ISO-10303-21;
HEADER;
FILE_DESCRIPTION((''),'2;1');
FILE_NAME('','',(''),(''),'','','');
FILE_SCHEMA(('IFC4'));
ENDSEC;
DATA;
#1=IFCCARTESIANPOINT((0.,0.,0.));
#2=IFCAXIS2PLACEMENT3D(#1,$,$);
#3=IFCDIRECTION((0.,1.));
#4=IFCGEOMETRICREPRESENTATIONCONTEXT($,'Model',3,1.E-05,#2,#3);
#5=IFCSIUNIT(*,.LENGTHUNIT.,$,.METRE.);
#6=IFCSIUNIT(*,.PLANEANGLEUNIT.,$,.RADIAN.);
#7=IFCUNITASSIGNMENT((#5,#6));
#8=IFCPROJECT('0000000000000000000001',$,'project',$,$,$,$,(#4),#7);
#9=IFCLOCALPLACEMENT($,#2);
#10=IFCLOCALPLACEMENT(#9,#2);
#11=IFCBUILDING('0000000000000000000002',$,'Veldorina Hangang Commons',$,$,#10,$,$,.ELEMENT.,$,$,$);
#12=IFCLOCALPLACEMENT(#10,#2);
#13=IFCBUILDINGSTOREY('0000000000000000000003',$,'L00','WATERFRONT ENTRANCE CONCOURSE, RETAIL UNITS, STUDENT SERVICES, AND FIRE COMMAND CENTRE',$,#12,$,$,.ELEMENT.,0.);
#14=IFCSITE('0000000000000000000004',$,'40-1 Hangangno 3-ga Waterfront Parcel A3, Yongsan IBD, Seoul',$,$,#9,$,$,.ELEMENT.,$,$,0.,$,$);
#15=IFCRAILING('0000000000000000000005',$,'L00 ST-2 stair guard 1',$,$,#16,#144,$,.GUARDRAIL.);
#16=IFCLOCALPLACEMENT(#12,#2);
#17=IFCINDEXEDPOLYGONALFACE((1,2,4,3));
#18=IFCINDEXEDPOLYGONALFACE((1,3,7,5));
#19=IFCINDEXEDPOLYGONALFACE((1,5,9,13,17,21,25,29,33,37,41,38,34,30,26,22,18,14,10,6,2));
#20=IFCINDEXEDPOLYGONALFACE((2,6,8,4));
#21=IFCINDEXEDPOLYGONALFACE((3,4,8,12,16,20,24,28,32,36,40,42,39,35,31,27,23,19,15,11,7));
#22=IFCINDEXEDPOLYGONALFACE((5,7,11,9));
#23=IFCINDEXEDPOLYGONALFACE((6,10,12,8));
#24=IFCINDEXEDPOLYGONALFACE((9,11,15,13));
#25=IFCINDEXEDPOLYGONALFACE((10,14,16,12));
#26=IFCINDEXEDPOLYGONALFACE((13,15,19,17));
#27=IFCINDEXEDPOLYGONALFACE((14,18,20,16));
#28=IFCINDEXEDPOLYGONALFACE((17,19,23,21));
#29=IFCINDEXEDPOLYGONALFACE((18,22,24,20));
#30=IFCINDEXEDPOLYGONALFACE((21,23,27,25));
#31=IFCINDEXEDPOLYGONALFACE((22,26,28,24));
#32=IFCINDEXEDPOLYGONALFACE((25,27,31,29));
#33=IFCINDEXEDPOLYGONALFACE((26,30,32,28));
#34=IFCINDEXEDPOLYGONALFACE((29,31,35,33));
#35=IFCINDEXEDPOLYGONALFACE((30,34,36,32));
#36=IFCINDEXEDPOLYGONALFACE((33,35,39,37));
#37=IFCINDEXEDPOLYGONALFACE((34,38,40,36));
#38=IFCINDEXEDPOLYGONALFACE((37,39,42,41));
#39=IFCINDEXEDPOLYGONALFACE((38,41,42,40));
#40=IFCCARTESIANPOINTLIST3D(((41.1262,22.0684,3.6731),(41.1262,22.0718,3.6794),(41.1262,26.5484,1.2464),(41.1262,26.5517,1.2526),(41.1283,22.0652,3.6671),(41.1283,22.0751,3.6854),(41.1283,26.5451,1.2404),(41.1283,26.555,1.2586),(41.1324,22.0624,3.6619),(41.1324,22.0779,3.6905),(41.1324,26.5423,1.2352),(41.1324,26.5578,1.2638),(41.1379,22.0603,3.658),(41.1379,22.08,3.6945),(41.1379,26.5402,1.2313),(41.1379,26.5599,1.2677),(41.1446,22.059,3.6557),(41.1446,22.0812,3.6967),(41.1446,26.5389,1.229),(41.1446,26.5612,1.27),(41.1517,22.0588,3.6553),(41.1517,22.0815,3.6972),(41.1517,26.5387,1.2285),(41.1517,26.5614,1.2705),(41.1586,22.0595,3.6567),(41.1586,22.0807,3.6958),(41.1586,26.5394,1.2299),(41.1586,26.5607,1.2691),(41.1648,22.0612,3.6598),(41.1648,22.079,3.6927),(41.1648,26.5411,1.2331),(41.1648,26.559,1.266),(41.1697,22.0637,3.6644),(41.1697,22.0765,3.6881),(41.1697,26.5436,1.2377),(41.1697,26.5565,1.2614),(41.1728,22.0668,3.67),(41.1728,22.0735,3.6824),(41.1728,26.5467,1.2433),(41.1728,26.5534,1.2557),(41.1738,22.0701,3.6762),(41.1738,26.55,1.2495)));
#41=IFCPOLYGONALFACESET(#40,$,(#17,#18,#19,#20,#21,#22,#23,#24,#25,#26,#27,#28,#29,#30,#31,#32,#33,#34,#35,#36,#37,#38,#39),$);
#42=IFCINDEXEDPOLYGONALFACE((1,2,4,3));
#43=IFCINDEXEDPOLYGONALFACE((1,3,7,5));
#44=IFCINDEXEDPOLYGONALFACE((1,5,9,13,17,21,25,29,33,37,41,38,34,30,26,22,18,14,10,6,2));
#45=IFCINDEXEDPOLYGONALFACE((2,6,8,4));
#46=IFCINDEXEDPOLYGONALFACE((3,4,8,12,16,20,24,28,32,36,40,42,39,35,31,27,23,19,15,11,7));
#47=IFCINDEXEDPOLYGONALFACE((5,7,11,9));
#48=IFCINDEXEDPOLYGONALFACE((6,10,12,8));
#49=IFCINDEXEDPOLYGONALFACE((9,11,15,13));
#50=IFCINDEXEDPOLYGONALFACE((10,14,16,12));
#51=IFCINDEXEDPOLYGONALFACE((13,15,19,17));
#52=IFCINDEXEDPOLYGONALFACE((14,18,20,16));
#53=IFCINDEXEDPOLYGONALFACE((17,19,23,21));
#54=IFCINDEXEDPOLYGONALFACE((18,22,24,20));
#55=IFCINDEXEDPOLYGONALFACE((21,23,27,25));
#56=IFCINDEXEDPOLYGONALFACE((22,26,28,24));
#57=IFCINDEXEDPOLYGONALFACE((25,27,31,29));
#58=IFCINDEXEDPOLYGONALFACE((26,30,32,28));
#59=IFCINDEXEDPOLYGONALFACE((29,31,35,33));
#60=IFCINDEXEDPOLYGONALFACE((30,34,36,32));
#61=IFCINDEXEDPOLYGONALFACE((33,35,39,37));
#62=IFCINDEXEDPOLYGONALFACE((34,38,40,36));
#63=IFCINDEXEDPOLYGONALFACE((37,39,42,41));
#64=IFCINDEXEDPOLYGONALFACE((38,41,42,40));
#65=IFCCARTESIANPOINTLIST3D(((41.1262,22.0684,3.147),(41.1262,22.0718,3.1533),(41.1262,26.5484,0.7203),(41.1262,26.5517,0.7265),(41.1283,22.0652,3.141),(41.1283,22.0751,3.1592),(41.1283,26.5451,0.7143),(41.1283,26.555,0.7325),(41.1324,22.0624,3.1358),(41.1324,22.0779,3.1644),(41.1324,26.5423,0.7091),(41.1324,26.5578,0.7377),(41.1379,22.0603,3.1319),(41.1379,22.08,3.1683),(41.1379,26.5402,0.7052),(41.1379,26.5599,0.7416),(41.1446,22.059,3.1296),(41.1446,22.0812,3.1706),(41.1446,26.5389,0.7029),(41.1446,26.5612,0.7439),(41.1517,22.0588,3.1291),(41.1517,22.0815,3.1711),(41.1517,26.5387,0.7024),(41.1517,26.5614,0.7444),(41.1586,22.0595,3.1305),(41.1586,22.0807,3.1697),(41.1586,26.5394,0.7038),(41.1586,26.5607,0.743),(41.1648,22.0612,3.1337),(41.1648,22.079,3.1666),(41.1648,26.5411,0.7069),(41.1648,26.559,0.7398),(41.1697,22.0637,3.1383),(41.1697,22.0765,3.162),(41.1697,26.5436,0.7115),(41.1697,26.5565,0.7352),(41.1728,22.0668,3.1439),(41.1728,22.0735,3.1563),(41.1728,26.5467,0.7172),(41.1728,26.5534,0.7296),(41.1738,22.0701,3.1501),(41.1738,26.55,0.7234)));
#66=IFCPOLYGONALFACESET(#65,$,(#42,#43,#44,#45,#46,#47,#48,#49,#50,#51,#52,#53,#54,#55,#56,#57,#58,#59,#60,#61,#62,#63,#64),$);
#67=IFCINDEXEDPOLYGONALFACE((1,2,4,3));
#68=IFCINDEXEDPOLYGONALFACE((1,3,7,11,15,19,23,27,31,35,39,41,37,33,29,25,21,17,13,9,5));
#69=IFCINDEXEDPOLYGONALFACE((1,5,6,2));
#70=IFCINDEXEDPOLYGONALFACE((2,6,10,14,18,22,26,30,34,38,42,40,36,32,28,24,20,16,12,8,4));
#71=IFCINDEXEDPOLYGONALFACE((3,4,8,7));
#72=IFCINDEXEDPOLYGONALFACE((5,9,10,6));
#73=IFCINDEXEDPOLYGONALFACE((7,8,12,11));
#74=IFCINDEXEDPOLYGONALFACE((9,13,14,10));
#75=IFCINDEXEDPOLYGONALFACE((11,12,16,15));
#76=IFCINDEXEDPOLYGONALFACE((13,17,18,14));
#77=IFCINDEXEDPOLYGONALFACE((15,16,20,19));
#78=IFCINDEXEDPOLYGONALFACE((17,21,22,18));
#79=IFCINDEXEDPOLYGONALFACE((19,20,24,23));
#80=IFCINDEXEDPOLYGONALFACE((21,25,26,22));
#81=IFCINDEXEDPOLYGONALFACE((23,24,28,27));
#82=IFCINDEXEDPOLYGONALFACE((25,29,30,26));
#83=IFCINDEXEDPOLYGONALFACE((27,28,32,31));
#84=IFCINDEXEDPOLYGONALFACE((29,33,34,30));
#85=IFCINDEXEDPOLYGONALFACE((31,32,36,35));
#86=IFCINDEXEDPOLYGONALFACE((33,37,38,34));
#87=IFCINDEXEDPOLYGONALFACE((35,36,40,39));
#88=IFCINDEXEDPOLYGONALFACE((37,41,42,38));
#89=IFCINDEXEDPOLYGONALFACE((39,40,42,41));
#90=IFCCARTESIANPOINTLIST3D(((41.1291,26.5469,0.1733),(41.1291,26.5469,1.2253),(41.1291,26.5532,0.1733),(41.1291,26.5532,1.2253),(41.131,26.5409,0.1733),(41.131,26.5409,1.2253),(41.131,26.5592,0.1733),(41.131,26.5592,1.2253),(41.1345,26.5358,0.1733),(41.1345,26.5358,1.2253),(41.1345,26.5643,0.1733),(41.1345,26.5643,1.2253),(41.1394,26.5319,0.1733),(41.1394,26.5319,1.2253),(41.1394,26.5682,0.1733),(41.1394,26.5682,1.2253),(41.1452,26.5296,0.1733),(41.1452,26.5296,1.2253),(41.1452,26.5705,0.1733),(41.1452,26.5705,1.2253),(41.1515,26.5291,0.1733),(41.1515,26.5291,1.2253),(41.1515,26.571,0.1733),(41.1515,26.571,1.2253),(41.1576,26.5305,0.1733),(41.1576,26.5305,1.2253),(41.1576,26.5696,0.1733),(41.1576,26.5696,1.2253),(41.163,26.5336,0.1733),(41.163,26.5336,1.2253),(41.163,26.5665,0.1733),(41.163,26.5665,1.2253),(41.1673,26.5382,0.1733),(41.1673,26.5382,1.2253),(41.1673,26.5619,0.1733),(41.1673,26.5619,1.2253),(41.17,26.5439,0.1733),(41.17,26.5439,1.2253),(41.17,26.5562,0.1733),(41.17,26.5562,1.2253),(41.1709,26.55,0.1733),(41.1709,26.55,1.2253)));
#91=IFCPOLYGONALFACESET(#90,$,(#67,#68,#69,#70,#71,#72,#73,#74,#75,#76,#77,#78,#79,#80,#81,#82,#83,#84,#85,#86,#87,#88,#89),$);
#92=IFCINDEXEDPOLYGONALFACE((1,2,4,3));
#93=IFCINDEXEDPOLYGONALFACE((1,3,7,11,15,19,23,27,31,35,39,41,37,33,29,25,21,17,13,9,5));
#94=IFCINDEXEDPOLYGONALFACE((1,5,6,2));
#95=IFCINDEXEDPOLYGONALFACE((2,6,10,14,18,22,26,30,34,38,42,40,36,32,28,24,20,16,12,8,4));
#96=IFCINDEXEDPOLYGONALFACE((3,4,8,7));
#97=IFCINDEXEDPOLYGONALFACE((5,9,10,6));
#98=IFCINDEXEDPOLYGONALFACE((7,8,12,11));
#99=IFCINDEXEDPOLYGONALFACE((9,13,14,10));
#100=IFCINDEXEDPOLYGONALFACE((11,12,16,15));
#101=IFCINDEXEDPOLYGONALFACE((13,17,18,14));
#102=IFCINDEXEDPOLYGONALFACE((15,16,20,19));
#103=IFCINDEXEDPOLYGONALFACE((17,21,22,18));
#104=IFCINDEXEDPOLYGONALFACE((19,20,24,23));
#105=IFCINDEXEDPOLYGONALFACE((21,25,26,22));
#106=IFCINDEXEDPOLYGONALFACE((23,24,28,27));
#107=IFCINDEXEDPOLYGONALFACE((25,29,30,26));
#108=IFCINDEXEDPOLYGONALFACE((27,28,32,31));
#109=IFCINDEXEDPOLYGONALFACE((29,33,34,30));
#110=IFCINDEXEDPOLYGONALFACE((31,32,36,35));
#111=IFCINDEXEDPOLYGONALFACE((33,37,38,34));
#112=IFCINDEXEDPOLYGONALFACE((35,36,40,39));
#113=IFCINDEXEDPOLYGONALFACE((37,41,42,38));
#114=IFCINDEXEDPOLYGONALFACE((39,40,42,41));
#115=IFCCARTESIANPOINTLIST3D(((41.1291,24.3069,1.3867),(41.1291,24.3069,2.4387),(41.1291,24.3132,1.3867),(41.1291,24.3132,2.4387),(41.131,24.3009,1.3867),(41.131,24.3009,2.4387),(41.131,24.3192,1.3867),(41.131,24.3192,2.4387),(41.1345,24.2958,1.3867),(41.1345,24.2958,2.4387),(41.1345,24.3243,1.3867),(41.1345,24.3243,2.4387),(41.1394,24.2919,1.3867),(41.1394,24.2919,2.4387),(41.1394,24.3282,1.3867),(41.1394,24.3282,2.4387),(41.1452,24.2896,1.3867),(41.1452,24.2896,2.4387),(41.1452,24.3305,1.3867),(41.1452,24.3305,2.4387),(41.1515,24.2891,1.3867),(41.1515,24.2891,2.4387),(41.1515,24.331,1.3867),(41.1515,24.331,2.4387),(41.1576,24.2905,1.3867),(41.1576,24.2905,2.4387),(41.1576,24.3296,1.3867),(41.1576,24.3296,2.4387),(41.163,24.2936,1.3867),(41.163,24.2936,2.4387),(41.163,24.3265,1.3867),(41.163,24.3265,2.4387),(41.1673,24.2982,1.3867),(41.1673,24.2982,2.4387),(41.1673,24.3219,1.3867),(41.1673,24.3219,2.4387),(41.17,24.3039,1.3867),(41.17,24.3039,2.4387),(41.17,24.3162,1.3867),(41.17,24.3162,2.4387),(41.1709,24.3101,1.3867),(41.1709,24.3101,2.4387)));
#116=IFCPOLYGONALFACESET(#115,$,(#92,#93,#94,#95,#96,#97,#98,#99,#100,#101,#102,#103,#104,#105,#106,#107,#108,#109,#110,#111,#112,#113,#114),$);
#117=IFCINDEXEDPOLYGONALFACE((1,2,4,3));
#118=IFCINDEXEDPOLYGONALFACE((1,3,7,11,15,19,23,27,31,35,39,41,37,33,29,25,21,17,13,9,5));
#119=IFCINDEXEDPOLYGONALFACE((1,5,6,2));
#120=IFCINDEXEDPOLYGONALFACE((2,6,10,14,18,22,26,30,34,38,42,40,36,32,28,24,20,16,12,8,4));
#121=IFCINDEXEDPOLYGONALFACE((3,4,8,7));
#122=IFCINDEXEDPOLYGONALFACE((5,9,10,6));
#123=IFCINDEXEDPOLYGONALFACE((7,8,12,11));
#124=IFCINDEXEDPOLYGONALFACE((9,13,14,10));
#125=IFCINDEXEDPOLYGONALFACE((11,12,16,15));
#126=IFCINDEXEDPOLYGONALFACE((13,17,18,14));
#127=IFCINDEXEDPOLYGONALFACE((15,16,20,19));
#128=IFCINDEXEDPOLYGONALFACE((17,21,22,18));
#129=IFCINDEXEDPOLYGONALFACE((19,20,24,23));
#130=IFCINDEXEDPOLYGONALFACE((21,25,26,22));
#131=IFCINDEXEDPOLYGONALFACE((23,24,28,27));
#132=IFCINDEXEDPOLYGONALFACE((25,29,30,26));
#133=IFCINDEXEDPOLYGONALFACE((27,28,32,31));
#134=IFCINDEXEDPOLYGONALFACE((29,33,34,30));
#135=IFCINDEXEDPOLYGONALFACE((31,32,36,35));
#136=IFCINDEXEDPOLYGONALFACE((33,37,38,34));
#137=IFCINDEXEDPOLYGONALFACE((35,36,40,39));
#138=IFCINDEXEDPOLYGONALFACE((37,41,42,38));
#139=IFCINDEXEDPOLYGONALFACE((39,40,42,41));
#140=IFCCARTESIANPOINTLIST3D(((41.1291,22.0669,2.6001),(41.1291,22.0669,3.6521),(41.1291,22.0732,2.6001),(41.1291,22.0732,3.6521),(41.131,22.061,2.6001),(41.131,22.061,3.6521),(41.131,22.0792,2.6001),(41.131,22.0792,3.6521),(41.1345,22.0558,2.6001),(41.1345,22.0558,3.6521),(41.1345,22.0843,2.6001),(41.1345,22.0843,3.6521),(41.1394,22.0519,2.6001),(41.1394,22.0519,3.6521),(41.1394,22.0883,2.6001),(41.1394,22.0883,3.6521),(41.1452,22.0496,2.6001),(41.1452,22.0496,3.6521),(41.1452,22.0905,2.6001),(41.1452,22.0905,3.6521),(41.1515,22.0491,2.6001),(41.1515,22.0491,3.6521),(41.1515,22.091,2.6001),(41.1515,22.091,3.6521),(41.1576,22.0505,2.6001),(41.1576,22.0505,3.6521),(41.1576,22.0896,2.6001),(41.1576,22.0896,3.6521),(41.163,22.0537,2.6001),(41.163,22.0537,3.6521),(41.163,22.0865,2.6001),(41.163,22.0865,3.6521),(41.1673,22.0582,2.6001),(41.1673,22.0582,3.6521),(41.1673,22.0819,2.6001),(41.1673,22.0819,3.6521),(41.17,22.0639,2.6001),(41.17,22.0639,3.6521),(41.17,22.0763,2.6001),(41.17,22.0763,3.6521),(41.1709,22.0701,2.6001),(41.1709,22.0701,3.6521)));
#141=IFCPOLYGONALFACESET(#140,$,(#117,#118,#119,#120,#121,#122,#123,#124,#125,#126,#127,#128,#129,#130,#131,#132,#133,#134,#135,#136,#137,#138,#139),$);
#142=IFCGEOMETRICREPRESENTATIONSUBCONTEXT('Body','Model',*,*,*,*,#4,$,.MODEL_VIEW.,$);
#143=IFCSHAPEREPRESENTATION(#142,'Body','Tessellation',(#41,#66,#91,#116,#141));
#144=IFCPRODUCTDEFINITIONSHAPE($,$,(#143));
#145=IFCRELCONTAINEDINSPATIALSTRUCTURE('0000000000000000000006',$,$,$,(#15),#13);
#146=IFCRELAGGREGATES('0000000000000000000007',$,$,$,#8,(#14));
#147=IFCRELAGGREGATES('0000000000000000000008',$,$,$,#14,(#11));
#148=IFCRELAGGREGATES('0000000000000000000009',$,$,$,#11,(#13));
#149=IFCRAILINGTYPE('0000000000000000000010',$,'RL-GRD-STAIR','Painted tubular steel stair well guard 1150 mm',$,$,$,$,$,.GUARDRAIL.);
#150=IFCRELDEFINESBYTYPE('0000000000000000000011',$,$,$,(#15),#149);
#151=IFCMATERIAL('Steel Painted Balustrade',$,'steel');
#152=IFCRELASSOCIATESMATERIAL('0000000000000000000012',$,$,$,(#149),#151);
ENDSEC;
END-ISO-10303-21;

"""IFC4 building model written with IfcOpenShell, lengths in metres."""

from ifc_helpers import new_model, si_unit, direction, frame, origin, origin_2d, place, context, subcontext, project, spatial, circle, extrude, material, type_object, element, save


model = new_model("IFC4")

# Units and contexts
model_context = context("Model", 3, precision=1e-05, world=origin(), true_north=direction((0.0, 1.0)))
body_context = subcontext(model_context, "Body", "Model", "MODEL_VIEW")
ifc_project = project(units=[si_unit("LENGTHUNIT", "METRE"), si_unit("PLANEANGLEUNIT", "RADIAN")], contexts=[model_context])

# Site, building, storey
site_placement = place(None, origin())
site = spatial("IfcSite", under=ifc_project, at=site_placement, Name="40-1 Hangangno 3-ga Waterfront Parcel A3, Yongsan IBD, Seoul", CompositionType="ELEMENT", RefElevation=0.0)
building_placement = place(site_placement, origin())
building = spatial("IfcBuilding", under=site, at=building_placement, Name="Veldorina Hangang Commons", CompositionType="ELEMENT")
storey_placement = place(building_placement, origin())
storey = spatial("IfcBuildingStorey", under=building, at=storey_placement, Name="L00", Description="WATERFRONT ENTRANCE CONCOURSE, RETAIL UNITS, STUDENT SERVICES, AND FIRE COMMAND CENTRE", CompositionType="ELEMENT", Elevation=0.0)

# Railing
ifc_material_1 = material(Name="Steel Painted Balustrade", Category="steel")
railing_type_1 = type_object("IfcRailingType", Name="RL-GRD-STAIR", Description="Painted tubular steel stair well guard 1150 mm", PredefinedType="GUARDRAIL", material=ifc_material_1)
railing_1_placement = place(storey_placement, frame((41.1499, 26.55, 0.1733)))
element("IfcRailing", 1, at=railing_1_placement, inside=storey, type_object=railing_type_1, Name="L00 ST-2 stair guard 1", PredefinedType="GUARDRAIL", context=body_context, shape_type="SweptSolid", body=[
    extrude(circle(Radius=0.0239, at=origin_2d()), frame((0.0, 0.0, 1.0762), z_axis=(0.0, -0.879284, 0.476299), x_axis=(1.0, 0.0, 0.0)), (0.0, 0.0, 1.0), 5.095),
    extrude(circle(Radius=0.0239, at=origin_2d()), frame((0.0, 0.0, 0.55), z_axis=(0.0, -0.879284, 0.476299), x_axis=(1.0, 0.0, 0.0)), (0.0, 0.0, 1.0), 5.095),
    extrude(circle(Radius=0.021, at=origin_2d()), origin(), (0.0, 0.0, 1.0), 1.052),
    extrude(circle(Radius=0.021, at=origin_2d()), frame((0.0, -2.24, 1.2134)), (0.0, 0.0, 1.0), 1.052),
    extrude(circle(Radius=0.021, at=origin_2d()), frame((0.0, -4.48, 2.4268)), (0.0, 0.0, 1.0), 1.052),
])

save(model, "model.ifc")
